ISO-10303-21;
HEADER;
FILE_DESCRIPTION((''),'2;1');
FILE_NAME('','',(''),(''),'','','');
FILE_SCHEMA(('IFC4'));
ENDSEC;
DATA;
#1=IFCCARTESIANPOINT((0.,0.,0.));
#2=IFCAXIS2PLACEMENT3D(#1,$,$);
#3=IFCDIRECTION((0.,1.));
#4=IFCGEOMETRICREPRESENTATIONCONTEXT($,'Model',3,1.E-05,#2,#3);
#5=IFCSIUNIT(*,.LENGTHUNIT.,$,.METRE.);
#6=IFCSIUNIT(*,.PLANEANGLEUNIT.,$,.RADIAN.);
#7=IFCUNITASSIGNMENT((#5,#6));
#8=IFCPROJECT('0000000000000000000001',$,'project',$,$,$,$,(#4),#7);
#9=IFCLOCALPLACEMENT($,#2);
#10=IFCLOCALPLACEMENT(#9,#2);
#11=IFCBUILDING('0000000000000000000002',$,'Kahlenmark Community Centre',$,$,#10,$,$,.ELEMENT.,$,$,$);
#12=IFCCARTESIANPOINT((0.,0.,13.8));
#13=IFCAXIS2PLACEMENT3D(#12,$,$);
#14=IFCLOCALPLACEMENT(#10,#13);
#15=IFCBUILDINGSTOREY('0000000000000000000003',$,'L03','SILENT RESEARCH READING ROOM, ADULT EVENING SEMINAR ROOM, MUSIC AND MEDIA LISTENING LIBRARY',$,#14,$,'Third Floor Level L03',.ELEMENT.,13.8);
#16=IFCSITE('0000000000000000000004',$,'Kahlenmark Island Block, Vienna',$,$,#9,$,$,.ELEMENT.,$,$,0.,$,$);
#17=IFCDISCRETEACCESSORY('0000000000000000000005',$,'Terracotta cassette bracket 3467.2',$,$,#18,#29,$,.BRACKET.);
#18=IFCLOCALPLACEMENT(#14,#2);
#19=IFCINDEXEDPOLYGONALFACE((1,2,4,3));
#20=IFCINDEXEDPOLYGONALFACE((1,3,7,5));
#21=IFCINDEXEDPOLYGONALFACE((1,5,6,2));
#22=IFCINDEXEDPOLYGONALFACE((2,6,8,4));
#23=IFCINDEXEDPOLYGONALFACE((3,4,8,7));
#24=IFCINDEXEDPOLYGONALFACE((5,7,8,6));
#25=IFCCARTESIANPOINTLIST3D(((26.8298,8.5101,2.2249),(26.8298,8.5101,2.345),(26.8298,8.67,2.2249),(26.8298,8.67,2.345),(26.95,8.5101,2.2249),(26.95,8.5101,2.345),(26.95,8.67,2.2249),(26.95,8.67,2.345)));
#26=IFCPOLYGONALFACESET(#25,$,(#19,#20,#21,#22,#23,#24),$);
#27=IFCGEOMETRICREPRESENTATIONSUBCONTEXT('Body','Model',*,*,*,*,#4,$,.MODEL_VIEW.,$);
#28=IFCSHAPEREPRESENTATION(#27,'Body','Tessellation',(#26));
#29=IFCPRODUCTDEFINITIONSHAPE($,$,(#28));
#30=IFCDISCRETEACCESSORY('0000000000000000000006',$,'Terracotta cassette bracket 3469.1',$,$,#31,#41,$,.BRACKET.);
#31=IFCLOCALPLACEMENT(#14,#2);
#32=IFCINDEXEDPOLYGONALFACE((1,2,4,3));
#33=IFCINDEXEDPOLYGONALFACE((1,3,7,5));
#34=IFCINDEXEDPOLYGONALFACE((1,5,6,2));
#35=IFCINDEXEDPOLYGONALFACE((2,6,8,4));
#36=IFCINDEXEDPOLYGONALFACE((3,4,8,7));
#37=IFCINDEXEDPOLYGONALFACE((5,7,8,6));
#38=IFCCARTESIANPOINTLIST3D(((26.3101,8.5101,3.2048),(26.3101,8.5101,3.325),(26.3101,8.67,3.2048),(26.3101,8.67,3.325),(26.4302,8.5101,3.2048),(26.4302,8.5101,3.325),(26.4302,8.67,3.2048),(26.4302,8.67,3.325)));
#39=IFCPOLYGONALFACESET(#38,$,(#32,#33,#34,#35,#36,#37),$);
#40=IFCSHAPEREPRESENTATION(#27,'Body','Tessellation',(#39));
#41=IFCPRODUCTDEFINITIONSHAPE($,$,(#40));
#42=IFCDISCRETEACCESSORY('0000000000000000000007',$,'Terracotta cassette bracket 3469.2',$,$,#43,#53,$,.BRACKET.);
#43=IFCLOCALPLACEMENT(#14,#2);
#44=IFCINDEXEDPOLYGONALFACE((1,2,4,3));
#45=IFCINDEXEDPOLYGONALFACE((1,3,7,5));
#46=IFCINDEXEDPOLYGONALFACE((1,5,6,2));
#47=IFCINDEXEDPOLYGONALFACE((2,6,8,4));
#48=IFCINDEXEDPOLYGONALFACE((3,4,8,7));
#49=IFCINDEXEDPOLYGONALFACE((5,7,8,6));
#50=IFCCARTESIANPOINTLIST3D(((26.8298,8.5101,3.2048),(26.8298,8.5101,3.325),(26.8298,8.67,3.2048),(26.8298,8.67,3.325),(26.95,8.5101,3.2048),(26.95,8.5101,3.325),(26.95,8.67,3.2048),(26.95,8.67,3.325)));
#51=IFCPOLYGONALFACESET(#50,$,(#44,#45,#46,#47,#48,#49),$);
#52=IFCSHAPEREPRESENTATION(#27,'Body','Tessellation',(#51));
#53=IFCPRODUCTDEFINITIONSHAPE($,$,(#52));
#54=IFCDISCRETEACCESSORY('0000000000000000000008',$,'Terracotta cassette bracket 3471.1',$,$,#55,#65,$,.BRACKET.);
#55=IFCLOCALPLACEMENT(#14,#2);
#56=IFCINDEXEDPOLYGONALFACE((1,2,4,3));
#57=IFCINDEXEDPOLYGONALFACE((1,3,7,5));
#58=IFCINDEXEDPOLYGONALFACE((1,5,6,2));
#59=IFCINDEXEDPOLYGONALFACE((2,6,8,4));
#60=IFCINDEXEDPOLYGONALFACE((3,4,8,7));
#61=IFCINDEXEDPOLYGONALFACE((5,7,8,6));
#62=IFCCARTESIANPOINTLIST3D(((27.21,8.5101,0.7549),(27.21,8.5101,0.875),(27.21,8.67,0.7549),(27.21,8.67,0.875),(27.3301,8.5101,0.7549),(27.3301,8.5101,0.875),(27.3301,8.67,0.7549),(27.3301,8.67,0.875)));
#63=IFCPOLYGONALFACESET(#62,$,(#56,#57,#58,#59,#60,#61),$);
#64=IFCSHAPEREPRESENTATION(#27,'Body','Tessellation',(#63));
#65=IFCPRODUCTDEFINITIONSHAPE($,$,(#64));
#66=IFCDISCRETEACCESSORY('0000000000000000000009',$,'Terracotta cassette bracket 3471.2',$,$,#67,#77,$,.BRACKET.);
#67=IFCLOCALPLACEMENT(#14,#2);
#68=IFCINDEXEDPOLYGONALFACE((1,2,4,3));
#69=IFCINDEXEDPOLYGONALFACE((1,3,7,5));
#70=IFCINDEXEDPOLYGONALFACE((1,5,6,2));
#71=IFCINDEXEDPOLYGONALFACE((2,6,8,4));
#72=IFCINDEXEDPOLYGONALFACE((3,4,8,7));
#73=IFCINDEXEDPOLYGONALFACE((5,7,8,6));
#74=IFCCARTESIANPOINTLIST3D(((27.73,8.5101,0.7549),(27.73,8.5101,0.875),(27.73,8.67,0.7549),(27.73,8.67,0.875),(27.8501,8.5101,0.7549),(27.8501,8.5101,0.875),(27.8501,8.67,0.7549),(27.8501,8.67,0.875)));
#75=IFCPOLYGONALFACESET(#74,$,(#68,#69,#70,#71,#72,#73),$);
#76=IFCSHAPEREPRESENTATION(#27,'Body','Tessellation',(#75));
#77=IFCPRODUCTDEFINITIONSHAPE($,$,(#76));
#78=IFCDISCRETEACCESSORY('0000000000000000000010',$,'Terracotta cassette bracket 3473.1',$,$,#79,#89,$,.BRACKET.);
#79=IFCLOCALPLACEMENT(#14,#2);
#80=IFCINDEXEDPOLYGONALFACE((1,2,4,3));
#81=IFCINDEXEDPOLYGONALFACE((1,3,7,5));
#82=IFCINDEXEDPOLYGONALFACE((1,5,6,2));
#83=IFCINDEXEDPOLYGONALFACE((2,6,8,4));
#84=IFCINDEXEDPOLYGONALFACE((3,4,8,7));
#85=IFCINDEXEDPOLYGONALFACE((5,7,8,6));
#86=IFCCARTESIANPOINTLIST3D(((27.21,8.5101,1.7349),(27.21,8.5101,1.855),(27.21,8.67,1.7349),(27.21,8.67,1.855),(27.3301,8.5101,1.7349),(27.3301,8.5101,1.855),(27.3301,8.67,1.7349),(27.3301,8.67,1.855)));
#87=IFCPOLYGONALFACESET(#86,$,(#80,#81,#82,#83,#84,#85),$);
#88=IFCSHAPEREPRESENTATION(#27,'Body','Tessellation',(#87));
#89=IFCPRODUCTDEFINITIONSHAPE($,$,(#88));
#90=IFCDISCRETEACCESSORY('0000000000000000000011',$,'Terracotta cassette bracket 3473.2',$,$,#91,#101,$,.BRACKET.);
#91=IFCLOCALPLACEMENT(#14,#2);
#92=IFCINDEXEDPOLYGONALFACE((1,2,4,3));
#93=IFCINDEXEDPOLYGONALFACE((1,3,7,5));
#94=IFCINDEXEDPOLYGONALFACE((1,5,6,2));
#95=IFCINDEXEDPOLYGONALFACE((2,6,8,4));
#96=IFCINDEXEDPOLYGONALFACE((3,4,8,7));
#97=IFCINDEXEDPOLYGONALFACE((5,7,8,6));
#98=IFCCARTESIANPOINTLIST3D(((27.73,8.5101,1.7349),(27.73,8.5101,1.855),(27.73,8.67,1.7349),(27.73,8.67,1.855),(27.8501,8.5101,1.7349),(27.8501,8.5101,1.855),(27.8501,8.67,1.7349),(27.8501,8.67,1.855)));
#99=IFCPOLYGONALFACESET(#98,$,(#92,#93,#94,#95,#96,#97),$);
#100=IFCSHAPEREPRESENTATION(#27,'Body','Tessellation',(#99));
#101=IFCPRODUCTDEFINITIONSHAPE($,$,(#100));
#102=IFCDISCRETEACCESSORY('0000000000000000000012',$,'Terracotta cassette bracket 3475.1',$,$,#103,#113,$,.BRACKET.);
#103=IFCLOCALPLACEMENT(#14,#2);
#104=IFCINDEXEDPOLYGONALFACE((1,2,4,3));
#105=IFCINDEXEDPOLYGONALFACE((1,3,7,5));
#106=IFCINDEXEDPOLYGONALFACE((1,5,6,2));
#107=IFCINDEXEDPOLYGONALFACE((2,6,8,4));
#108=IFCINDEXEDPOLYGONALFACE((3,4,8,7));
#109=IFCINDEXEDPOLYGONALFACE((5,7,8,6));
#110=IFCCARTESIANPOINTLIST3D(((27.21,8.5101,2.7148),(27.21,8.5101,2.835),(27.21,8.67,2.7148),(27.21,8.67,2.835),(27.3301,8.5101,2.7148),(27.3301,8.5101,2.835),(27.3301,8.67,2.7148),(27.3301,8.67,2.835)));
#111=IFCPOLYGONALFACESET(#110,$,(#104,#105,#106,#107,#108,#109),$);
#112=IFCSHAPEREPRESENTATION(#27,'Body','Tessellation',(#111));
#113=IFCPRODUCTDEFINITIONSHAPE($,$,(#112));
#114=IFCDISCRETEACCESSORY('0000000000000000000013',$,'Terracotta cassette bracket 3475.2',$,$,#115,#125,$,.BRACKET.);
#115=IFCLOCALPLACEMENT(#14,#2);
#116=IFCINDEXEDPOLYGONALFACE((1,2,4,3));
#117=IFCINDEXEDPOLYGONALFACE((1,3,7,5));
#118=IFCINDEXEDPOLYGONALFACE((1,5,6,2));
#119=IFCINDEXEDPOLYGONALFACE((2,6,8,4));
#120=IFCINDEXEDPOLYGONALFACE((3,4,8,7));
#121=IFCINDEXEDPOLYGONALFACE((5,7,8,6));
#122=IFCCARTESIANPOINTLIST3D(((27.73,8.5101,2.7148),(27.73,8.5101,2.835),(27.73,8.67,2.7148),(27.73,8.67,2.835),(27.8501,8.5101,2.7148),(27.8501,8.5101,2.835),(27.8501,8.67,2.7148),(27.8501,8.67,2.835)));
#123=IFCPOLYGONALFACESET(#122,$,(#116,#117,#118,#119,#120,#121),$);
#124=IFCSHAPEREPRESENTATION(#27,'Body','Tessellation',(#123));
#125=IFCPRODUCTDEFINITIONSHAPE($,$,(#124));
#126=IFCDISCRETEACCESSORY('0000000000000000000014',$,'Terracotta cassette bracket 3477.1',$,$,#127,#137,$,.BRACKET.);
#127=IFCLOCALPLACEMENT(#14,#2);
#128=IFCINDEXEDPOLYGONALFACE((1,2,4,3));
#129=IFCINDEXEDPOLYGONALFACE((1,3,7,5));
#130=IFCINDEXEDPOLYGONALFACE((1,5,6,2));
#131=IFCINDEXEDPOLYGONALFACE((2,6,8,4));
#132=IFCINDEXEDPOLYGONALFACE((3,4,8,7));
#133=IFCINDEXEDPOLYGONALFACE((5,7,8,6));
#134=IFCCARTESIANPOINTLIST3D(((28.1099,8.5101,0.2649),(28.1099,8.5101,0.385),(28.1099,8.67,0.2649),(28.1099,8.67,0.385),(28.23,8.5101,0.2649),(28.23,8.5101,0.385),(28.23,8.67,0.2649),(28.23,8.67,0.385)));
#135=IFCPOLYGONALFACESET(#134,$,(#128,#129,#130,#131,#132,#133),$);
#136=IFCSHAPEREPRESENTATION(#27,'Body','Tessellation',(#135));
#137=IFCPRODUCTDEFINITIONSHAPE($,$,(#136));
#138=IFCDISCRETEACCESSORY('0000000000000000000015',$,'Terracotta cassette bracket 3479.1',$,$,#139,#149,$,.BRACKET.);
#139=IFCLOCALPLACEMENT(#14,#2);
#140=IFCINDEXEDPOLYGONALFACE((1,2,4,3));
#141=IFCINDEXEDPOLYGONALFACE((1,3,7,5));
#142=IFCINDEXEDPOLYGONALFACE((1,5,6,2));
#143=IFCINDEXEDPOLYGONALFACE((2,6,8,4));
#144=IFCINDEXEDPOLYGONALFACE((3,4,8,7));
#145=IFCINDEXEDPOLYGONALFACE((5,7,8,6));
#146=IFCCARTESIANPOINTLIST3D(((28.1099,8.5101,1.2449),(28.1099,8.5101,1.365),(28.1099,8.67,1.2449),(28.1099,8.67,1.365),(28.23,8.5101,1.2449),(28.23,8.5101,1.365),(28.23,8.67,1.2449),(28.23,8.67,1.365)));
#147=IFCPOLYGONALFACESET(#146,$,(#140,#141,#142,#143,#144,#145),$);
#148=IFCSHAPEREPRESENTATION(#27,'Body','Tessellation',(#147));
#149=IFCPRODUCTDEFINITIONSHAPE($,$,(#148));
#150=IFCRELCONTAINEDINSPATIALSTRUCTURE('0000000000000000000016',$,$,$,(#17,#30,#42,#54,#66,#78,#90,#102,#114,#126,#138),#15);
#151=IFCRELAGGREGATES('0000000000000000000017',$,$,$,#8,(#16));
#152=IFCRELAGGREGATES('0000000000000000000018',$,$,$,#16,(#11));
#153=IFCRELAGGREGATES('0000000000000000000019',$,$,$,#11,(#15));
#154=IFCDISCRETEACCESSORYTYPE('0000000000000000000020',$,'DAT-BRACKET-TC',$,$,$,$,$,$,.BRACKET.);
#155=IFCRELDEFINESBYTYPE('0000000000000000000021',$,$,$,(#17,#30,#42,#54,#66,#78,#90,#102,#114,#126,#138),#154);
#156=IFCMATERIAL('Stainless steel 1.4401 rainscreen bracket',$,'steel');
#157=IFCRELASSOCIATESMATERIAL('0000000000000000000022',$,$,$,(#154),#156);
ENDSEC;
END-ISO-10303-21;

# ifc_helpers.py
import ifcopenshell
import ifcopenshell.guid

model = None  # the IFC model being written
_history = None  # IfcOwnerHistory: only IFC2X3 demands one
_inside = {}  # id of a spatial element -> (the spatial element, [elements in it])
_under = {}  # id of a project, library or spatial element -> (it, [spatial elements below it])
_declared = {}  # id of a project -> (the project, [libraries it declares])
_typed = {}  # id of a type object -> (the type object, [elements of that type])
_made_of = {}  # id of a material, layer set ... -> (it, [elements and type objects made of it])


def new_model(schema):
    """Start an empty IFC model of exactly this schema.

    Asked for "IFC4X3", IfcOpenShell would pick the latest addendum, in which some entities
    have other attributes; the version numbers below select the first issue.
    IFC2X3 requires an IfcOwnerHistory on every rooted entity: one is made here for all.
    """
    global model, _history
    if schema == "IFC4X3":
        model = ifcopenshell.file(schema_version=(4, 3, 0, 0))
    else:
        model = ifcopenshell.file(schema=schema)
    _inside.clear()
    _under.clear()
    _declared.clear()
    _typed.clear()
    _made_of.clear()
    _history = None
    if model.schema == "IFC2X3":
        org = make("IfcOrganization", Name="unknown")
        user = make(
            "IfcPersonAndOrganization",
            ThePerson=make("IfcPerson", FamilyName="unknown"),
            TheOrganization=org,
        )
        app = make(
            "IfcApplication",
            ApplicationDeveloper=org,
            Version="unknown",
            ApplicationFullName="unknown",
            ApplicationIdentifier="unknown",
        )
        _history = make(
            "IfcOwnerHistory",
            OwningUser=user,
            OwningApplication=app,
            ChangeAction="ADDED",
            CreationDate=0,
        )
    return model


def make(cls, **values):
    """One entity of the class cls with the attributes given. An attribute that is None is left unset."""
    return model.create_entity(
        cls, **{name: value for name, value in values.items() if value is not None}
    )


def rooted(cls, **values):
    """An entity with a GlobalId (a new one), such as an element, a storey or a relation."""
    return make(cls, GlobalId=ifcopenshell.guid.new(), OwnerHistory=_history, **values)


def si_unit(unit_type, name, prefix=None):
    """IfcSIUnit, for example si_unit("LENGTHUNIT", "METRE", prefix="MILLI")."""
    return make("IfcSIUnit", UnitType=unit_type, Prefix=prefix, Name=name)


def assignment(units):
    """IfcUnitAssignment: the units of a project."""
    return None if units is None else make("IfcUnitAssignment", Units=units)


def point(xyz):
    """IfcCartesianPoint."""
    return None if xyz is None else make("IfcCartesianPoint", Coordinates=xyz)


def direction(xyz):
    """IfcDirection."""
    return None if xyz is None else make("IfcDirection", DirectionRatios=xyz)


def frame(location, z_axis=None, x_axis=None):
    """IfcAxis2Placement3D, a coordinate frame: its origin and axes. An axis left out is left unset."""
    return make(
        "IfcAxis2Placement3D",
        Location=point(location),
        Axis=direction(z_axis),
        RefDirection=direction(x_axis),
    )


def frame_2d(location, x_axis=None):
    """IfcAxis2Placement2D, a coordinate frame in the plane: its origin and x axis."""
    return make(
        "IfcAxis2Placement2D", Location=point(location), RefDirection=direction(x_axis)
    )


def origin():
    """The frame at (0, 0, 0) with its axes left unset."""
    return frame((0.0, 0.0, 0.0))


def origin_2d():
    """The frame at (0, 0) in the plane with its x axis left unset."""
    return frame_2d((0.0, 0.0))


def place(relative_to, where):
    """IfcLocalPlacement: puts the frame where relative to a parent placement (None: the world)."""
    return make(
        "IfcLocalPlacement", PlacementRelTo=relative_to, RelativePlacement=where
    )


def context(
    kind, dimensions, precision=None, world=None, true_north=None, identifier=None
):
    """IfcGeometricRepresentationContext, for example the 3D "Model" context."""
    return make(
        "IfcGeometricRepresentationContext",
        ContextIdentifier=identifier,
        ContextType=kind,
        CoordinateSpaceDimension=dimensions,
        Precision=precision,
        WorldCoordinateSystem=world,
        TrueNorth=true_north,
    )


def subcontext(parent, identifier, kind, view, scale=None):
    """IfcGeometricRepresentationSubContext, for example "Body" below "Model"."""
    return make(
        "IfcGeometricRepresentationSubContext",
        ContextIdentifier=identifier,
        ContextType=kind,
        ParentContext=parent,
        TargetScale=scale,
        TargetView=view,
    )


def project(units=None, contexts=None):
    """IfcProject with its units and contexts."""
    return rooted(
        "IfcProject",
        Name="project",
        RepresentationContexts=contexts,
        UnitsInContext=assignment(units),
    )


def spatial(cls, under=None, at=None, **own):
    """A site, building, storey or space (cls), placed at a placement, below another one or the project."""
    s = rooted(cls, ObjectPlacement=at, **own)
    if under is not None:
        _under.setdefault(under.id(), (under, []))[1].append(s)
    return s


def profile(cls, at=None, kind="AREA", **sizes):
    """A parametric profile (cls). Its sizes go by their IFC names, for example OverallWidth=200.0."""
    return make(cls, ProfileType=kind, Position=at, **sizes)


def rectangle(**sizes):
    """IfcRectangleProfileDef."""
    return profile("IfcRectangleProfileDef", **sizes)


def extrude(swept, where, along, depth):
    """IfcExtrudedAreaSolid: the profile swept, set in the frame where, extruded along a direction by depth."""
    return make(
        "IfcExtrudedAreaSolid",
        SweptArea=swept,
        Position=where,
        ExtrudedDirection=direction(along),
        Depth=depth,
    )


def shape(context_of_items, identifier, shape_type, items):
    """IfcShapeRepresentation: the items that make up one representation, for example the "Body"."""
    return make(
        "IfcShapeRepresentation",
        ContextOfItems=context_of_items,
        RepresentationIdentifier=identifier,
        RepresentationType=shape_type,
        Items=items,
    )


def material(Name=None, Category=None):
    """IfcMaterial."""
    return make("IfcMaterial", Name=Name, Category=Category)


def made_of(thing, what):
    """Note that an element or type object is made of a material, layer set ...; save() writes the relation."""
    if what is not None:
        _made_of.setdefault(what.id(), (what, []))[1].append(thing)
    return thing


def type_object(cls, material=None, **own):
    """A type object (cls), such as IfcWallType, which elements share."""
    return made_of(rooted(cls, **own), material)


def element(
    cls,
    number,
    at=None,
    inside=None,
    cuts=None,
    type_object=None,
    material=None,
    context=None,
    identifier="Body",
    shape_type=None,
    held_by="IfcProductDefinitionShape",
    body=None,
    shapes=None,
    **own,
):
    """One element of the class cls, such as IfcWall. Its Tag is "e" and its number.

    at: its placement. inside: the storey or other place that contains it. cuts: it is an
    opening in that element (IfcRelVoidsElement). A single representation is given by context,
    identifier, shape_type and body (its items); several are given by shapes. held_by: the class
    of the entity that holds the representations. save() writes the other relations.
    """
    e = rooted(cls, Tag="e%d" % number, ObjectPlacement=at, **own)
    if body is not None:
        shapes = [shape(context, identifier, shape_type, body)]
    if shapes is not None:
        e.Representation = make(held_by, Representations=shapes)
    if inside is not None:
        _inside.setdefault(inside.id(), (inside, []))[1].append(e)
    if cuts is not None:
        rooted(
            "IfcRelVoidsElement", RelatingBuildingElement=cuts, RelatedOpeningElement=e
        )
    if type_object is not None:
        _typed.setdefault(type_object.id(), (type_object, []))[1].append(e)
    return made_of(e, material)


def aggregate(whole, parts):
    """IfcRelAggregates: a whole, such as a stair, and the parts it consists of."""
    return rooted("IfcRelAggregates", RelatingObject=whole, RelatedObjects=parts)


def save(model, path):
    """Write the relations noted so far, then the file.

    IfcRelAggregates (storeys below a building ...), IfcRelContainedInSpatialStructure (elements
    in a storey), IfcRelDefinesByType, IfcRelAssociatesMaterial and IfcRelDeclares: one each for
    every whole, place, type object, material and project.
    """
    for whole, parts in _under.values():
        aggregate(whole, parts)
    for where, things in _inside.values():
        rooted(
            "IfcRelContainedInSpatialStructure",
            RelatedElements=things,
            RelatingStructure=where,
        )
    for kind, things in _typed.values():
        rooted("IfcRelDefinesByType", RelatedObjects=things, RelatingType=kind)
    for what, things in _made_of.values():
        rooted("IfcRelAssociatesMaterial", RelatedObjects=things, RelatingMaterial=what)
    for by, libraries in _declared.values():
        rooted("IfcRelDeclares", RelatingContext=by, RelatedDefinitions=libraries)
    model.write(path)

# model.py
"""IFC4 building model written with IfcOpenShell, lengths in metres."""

from ifc_helpers import new_model, si_unit, direction, frame, origin, origin_2d, place, context, subcontext, project, spatial, rectangle, extrude, material, type_object, element, save


model = new_model("IFC4")

# Units and contexts
model_context = context("Model", 3, precision=1e-05, world=origin(), true_north=direction((0.0, 1.0)))
body_context = subcontext(model_context, "Body", "Model", "MODEL_VIEW")
ifc_project = project(units=[si_unit("LENGTHUNIT", "METRE"), si_unit("PLANEANGLEUNIT", "RADIAN")], contexts=[model_context])

# Site, building, storey
site_placement = place(None, origin())
site = spatial("IfcSite", under=ifc_project, at=site_placement, Name="Kahlenmark Island Block, Vienna", CompositionType="ELEMENT", RefElevation=0.0)
building_placement = place(site_placement, origin())
building = spatial("IfcBuilding", under=site, at=building_placement, Name="Kahlenmark Community Centre", CompositionType="ELEMENT")
storey_placement = place(building_placement, frame((0.0, 0.0, 13.8)))
storey = spatial("IfcBuildingStorey", under=building, at=storey_placement, Name="L03", Description="SILENT RESEARCH READING ROOM, ADULT EVENING SEMINAR ROOM, MUSIC AND MEDIA LISTENING LIBRARY", LongName="Third Floor Level L03", CompositionType="ELEMENT", Elevation=13.8)

# Discrete accessories
ifc_material_1 = material(Name="Stainless steel 1.4401 rainscreen bracket", Category="steel")
discrete_accessory_type = type_object("IfcDiscreteAccessoryType", Name="DAT-BRACKET-TC", PredefinedType="BRACKET", material=ifc_material_1)
for number, where, z_axis, x_axis, name in (
    (1, (26.8899, 8.5901, 2.2249), (0.0, 0.0, 1.0), (1.0, 0.0, 0.0), "Terracotta cassette bracket 3467.2"),
    (2, (26.3701, 8.5901, 3.2048), (0.0, 0.0, 1.0), (1.0, 0.0, 0.0), "Terracotta cassette bracket 3469.1"),
    (3, (26.8899, 8.5901, 3.2048), (0.0, 0.0, 1.0), (1.0, 0.0, 0.0), "Terracotta cassette bracket 3469.2"),
    (4, (27.27, 8.5901, 0.7549), (0.0, 0.0, 1.0), (1.0, 0.0, 0.0), "Terracotta cassette bracket 3471.1"),
    (5, (27.79, 8.5901, 0.7549), (0.0, 0.0, 1.0), (1.0, 0.0, 0.0), "Terracotta cassette bracket 3471.2"),
    (6, (27.27, 8.5901, 1.7349), (0.0, 0.0, 1.0), (1.0, 0.0, 0.0), "Terracotta cassette bracket 3473.1"),
    (7, (27.79, 8.5901, 1.7349), (0.0, 0.0, 1.0), (1.0, 0.0, 0.0), "Terracotta cassette bracket 3473.2"),
    (8, (27.27, 8.5901, 2.7148), (0.0, 0.0, 1.0), (1.0, 0.0, 0.0), "Terracotta cassette bracket 3475.1"),
    (9, (27.79, 8.5901, 2.7148), (0.0, 0.0, 1.0), (1.0, 0.0, 0.0), "Terracotta cassette bracket 3475.2"),
    (10, (28.1699, 8.5901, 0.2649), (0.0, 0.0, 1.0), (1.0, 0.0, 0.0), "Terracotta cassette bracket 3477.1"),
    (11, (28.1699, 8.5901, 1.2449), (0.0, 0.0, 1.0), (1.0, 0.0, 0.0), "Terracotta cassette bracket 3479.1"),
):
    element("IfcDiscreteAccessory", number, at=place(storey_placement, frame(where, z_axis=z_axis, x_axis=x_axis)), inside=storey, type_object=discrete_accessory_type, Name=name, PredefinedType="BRACKET", context=body_context, shape_type="SweptSolid", body=[
        extrude(rectangle(XDim=0.1201, YDim=0.1599, at=origin_2d()), origin(), (0.0, 0.0, 1.0), 0.1201),
    ])

save(model, "model.ifc")
